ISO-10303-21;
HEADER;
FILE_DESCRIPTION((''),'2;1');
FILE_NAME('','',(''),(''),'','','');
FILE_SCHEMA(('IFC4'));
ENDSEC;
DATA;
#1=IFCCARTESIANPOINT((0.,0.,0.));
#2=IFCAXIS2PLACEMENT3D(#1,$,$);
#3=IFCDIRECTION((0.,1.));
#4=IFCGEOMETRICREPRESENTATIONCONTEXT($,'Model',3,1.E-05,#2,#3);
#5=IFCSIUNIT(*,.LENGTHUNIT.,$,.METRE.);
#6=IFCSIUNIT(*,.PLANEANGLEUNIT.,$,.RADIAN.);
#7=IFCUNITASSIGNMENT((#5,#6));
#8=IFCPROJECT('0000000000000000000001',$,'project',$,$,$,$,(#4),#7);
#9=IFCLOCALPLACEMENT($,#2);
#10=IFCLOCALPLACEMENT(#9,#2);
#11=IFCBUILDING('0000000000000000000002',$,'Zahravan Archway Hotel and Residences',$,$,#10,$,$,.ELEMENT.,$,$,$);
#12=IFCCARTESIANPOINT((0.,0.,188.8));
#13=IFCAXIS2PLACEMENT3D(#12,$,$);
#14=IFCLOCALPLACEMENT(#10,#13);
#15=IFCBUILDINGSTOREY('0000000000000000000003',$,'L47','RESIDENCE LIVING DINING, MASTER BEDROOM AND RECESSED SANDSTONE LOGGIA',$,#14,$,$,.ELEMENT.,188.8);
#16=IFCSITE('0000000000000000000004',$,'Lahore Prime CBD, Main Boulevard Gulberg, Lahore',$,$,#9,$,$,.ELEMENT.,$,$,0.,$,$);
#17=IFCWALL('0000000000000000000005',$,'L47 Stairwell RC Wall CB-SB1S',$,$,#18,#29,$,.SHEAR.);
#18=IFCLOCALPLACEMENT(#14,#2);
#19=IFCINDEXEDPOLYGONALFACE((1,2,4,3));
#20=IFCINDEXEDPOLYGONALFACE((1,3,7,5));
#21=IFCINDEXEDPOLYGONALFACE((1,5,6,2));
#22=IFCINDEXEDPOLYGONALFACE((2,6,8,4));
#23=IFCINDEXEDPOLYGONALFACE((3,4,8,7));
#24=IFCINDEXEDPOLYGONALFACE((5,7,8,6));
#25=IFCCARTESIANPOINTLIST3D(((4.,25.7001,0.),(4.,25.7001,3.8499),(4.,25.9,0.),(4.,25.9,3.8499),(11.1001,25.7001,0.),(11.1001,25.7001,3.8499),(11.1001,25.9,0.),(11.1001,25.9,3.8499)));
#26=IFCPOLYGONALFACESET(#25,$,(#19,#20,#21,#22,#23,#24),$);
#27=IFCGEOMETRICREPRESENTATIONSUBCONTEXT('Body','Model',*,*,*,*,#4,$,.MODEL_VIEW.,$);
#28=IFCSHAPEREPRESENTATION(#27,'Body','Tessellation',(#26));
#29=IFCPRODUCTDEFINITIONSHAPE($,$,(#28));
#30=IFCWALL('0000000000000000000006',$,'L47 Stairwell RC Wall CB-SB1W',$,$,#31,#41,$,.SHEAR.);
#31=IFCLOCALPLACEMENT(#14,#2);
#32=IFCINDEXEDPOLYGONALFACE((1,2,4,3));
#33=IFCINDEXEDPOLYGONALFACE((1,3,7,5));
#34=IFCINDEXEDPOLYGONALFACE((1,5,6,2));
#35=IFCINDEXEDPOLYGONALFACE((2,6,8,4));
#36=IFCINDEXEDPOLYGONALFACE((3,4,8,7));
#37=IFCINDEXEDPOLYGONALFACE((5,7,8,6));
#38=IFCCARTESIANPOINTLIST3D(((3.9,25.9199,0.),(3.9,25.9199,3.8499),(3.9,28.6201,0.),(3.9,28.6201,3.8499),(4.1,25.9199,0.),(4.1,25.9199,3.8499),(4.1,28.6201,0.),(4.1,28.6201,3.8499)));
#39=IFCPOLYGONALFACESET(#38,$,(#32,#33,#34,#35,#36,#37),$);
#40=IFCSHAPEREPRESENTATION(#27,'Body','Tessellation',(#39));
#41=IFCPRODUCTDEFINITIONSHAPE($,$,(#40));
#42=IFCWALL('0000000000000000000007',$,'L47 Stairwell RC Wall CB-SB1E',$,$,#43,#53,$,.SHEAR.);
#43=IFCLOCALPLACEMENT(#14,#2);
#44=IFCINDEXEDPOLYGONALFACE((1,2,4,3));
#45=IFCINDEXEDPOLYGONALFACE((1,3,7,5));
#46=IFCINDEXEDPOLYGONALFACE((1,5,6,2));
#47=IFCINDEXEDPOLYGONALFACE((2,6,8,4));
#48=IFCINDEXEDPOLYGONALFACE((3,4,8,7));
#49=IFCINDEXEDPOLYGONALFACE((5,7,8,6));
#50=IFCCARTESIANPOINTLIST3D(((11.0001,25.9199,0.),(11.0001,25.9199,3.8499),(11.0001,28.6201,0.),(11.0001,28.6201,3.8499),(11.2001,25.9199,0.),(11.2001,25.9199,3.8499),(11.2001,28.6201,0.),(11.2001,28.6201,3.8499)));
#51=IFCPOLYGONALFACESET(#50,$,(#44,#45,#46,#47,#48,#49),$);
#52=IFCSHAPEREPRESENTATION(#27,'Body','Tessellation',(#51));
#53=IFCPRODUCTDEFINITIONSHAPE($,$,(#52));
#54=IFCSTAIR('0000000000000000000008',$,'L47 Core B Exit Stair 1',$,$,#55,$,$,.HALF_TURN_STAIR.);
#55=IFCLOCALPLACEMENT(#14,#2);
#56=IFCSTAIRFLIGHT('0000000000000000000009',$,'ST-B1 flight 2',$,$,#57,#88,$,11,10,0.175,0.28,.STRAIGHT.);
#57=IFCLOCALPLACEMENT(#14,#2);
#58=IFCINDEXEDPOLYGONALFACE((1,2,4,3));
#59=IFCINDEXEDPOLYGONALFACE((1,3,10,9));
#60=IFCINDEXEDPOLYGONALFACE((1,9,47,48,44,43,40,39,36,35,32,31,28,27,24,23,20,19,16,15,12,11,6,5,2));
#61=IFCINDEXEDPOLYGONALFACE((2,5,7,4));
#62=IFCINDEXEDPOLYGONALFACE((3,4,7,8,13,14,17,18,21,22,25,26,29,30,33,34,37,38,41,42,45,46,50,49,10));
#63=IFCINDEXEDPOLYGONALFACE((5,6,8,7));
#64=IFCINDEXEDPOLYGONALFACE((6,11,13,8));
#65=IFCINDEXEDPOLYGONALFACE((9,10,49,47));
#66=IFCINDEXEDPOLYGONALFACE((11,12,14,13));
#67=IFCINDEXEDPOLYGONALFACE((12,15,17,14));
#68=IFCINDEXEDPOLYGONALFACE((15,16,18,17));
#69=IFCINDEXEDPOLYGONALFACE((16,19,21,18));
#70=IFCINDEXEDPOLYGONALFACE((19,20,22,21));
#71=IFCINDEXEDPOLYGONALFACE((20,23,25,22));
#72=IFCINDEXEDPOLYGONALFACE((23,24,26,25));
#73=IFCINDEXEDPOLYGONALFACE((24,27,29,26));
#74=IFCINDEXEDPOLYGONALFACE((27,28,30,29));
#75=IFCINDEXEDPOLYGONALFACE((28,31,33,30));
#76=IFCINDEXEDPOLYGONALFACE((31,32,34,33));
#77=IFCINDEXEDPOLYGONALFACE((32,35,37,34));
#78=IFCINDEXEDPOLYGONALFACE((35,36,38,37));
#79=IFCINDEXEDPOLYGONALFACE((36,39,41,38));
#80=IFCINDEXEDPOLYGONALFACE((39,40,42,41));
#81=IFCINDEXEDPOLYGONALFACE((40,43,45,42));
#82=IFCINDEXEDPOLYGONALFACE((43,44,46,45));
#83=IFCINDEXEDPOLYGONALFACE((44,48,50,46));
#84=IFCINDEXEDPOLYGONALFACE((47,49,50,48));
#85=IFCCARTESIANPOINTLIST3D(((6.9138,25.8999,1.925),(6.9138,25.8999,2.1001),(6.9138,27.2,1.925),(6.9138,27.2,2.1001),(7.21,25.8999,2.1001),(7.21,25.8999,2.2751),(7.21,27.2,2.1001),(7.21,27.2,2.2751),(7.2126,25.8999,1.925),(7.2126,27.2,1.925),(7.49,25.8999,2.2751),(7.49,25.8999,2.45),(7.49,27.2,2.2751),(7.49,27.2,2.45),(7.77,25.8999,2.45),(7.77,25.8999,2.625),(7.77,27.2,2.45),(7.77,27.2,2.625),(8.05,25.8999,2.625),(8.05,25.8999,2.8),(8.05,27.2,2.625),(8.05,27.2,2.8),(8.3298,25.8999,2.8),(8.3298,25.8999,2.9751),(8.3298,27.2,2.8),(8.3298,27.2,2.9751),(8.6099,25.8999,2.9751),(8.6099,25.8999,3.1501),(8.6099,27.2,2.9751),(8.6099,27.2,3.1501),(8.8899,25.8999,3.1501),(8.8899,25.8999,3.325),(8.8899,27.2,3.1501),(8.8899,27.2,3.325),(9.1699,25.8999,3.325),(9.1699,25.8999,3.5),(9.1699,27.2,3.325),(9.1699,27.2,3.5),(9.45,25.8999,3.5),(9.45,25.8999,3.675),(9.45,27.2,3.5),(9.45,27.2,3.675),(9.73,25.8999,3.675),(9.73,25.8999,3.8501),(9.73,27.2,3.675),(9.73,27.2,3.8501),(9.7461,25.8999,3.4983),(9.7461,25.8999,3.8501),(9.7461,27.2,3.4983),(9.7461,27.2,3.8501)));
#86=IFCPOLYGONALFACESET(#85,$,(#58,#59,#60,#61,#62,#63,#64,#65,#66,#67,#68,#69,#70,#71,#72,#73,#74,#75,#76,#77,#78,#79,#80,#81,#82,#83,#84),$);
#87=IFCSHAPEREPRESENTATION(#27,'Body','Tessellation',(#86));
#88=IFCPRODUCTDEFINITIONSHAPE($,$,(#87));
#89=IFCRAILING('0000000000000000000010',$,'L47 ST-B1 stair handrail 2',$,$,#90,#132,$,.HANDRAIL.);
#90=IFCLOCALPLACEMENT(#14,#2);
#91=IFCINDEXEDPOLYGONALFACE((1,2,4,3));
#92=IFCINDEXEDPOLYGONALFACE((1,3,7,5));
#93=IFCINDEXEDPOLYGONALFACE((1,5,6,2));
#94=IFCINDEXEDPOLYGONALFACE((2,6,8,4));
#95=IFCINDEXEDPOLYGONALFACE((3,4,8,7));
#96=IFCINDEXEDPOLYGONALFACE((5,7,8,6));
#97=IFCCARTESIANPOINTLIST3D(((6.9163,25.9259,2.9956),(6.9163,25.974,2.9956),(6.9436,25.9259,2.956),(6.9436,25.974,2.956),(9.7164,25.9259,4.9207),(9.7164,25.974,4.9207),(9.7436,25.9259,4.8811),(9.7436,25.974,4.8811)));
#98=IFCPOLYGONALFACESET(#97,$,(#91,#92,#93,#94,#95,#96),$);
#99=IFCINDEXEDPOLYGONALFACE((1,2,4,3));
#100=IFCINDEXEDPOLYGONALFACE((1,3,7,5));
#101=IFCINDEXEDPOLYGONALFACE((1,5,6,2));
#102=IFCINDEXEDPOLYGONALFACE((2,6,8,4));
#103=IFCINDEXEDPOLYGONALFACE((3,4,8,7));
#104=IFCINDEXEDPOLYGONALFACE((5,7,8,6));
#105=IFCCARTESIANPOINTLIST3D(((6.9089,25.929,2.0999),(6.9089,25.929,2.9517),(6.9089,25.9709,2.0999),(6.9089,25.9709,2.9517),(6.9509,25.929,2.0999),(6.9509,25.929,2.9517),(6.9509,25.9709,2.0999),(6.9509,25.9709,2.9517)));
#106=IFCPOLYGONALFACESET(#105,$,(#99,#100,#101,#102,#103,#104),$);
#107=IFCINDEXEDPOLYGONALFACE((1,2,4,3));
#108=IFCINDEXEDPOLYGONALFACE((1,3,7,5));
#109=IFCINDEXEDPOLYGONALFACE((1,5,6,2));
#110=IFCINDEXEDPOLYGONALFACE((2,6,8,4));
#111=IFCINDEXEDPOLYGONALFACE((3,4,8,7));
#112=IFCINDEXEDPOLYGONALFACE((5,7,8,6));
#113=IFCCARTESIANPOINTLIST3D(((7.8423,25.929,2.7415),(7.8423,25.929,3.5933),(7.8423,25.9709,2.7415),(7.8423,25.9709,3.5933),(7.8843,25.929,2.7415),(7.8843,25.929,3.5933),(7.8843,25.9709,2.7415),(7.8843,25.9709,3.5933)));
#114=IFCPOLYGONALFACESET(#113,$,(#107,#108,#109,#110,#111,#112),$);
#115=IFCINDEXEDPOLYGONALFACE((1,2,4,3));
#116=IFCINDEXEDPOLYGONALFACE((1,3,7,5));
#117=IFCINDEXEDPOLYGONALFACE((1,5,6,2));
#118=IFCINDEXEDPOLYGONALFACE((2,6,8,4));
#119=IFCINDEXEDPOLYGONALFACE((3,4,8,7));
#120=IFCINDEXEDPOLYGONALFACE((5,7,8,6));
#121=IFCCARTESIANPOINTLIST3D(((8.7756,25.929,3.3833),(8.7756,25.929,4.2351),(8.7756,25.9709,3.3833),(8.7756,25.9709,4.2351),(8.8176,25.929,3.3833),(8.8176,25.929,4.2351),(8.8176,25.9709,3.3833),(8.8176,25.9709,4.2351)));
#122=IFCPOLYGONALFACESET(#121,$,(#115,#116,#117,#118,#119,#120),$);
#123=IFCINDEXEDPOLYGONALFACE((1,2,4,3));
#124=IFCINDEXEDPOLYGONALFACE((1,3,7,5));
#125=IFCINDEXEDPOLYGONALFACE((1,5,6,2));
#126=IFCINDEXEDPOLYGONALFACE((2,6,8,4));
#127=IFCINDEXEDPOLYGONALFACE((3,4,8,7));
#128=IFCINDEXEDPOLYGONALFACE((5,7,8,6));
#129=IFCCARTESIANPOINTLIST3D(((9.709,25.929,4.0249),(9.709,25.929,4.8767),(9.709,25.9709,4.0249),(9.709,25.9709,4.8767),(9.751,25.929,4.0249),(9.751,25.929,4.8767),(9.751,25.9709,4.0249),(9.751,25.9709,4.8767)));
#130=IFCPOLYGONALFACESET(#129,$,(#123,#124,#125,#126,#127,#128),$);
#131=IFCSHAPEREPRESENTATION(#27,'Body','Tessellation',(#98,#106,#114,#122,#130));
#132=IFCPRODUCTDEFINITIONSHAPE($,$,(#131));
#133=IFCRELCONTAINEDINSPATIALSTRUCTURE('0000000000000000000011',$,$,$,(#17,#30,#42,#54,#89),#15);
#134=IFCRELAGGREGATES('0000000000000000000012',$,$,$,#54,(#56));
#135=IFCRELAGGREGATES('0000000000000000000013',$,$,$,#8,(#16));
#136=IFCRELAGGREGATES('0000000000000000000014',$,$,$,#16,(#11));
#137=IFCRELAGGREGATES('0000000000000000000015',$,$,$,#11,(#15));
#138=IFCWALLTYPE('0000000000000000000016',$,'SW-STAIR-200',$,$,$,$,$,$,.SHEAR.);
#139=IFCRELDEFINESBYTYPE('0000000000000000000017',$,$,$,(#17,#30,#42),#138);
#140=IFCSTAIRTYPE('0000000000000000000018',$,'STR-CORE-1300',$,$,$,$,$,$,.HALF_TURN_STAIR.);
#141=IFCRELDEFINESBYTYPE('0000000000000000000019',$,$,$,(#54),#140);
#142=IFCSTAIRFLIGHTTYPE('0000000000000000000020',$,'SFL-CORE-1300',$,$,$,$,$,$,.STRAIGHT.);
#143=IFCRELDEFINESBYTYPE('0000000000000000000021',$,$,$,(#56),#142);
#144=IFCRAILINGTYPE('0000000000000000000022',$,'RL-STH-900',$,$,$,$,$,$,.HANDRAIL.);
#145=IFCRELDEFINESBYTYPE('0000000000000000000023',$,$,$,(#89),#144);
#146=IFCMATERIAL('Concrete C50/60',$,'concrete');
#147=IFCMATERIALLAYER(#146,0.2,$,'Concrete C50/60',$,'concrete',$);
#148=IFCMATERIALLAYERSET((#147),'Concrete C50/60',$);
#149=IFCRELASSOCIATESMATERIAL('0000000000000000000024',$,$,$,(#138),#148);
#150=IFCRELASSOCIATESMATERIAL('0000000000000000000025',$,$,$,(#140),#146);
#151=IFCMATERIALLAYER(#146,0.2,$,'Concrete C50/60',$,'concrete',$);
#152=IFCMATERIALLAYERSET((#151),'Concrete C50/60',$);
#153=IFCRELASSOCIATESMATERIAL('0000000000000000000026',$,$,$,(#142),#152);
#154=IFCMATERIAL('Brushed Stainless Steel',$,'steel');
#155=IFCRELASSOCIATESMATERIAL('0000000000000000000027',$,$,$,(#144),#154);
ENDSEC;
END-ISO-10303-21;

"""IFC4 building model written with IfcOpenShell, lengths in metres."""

from ifc_helpers import new_model, si_unit, direction, frame, frame_2d, origin, origin_2d, place, context, subcontext, project, spatial, polyline, rectangle, outline, extrude, source, transform, mapped, material, layer, layer_set, type_object, element, aggregate, save


model = new_model("IFC4")

# Units and contexts
model_context = context("Model", 3, precision=1e-05, world=origin(), true_north=direction((0.0, 1.0)))
body_context = subcontext(model_context, "Body", "Model", "MODEL_VIEW")
ifc_project = project(units=[si_unit("LENGTHUNIT", "METRE"), si_unit("PLANEANGLEUNIT", "RADIAN")], contexts=[model_context])

# Site, building, storey
site_placement = place(None, origin())
site = spatial("IfcSite", under=ifc_project, at=site_placement, Name="Lahore Prime CBD, Main Boulevard Gulberg, Lahore", CompositionType="ELEMENT", RefElevation=0.0)
building_placement = place(site_placement, origin())
building = spatial("IfcBuilding", under=site, at=building_placement, Name="Zahravan Archway Hotel and Residences", CompositionType="ELEMENT")
storey_placement = place(building_placement, frame((0.0, 0.0, 188.8)))
storey = spatial("IfcBuildingStorey", under=building, at=storey_placement, Name="L47", Description="RESIDENCE LIVING DINING, MASTER BEDROOM AND RECESSED SANDSTONE LOGGIA", CompositionType="ELEMENT", Elevation=188.8)

# Walls
ifc_material_1 = material(Name="Concrete C50/60", Category="concrete")
ifc_layer_1 = layer(ifc_material_1, 0.2, Name="Concrete C50/60", Category="concrete")
ifc_layer_set_1 = layer_set([ifc_layer_1], Name="Concrete C50/60")
wall_type_1 = type_object("IfcWallType", Name="SW-STAIR-200", PredefinedType="SHEAR", material=ifc_layer_set_1)
wall_1_placement = place(storey_placement, frame((4.0, 25.8, 0.0), z_axis=(0.0, 0.0, 1.0), x_axis=(1.0, 0.0, 0.0)))
element("IfcWall", 1, at=wall_1_placement, inside=storey, type_object=wall_type_1, Name="L47 Stairwell RC Wall CB-SB1S", PredefinedType="SHEAR", context=body_context, shape_type="SweptSolid", body=[
    extrude(rectangle(XDim=7.1001, YDim=0.2, at=frame_2d((3.55, 0.0))), origin(), (0.0, 0.0, 1.0), 3.8499),
])
for number, where, z_axis, x_axis, name in (
    (2, (4.0, 25.9199, 0.0), (0.0, 0.0, 1.0), (0.0, 1.0, 0.0), "L47 Stairwell RC Wall CB-SB1W"),
    (3, (11.1001, 25.9199, 0.0), (0.0, 0.0, 1.0), (0.0, 1.0, 0.0), "L47 Stairwell RC Wall CB-SB1E"),
):
    element("IfcWall", number, at=place(storey_placement, frame(where, z_axis=z_axis, x_axis=x_axis)), inside=storey, type_object=wall_type_1, Name=name, PredefinedType="SHEAR", context=body_context, shape_type="SweptSolid", body=[
        extrude(rectangle(XDim=2.7002, YDim=0.2, at=frame_2d((1.3501, 0.0))), origin(), (0.0, 0.0, 1.0), 3.8499),
    ])

# Stair, stair flight
stair_type = type_object("IfcStairType", Name="STR-CORE-1300", PredefinedType="HALF_TURN_STAIR", material=ifc_material_1)
stair_placement = place(storey_placement, origin())
stair = element("IfcStair", 4, at=stair_placement, inside=storey, type_object=stair_type, Name="L47 Core B Exit Stair 1", PredefinedType="HALF_TURN_STAIR")
ifc_layer_2 = layer(ifc_material_1, 0.2, Name="Concrete C50/60", Category="concrete")
ifc_layer_set_2 = layer_set([ifc_layer_2], Name="Concrete C50/60")
stair_flight_type = type_object("IfcStairFlightType", Name="SFL-CORE-1300", PredefinedType="STRAIGHT", material=ifc_layer_set_2)
shared_shape_1 = source(origin(), body_context, "Body", "SweptSolid", [
    extrude(outline(polyline([(-0.0161, 0.0), (-0.0161, 0.175), (0.28, 0.175), (0.28, 0.3501), (0.5601, 0.3501), (0.5601, 0.5249), (0.8401, 0.5249), (0.8401, 0.7), (1.1201, 0.7), (1.1201, 0.875), (1.3999, 0.875), (1.3999, 1.05), (1.6799, 1.05), (1.6799, 1.2251), (1.96, 1.2251), (1.96, 1.3999), (2.24, 1.3999), (2.24, 1.575), (2.52, 1.575), (2.52, 1.75), (2.8, 1.75), (2.8, 1.925), (2.8162, 1.925), (2.8162, 1.5732), (0.2827, 0.0), (-0.0161, 0.0)])), frame((0.0, 0.6499, 0.0), z_axis=(0.0, -1.0, 0.0), x_axis=(1.0, 0.0, 0.0)), (0.0, 0.0, 1.0), 1.3),
])
stair_flight_placement = place(storey_placement, frame((6.9299, 26.55, 1.925), z_axis=(0.0, 0.0, 1.0), x_axis=(1.0, 0.0, 0.0)))
stair_flight = element("IfcStairFlight", 5, at=stair_flight_placement, type_object=stair_flight_type, Name="ST-B1 flight 2", NumberOfRisers=11, NumberOfTreads=10, PredefinedType="STRAIGHT", RiserHeight=0.175, TreadLength=0.28, context=body_context, shape_type="MappedRepresentation", body=[
    mapped(shared_shape_1, transform((0.0, 0.0, 0.0), scale=1.0)),
])
aggregate(stair, [stair_flight])

# Railing
ifc_material_2 = material(Name="Brushed Stainless Steel", Category="steel")
railing_type_1 = type_object("IfcRailingType", Name="RL-STH-900", PredefinedType="HANDRAIL", material=ifc_material_2)
railing_1_placement = place(storey_placement, frame((6.9299, 25.95, 2.0999)))
element("IfcRailing", 6, at=railing_1_placement, inside=storey, type_object=railing_type_1, Name="L47 ST-B1 stair handrail 2", PredefinedType="HANDRAIL", context=body_context, shape_type="SweptSolid", body=[
    extrude(rectangle(XDim=0.0481, YDim=0.0481, at=origin_2d()), frame((0.0, 0.0, 0.876), z_axis=(0.82404, 0.0, 0.566532), x_axis=(0.0, 1.0, 0.0)), (0.0, 0.0, 1.0), 3.3979),
    extrude(rectangle(XDim=0.042, YDim=0.042, at=origin_2d()), origin(), (0.0, 0.0, 1.0), 0.8518),
    extrude(rectangle(XDim=0.042, YDim=0.042, at=origin_2d()), frame((0.9333, 0.0, 0.6416)), (0.0, 0.0, 1.0), 0.8518),
    extrude(rectangle(XDim=0.042, YDim=0.042, at=origin_2d()), frame((1.8667, 0.0, 1.2834)), (0.0, 0.0, 1.0), 0.8518),
    extrude(rectangle(XDim=0.042, YDim=0.042, at=origin_2d()), frame((2.8, 0.0, 1.925)), (0.0, 0.0, 1.0), 0.8518),
])

save(model, "model.ifc")
